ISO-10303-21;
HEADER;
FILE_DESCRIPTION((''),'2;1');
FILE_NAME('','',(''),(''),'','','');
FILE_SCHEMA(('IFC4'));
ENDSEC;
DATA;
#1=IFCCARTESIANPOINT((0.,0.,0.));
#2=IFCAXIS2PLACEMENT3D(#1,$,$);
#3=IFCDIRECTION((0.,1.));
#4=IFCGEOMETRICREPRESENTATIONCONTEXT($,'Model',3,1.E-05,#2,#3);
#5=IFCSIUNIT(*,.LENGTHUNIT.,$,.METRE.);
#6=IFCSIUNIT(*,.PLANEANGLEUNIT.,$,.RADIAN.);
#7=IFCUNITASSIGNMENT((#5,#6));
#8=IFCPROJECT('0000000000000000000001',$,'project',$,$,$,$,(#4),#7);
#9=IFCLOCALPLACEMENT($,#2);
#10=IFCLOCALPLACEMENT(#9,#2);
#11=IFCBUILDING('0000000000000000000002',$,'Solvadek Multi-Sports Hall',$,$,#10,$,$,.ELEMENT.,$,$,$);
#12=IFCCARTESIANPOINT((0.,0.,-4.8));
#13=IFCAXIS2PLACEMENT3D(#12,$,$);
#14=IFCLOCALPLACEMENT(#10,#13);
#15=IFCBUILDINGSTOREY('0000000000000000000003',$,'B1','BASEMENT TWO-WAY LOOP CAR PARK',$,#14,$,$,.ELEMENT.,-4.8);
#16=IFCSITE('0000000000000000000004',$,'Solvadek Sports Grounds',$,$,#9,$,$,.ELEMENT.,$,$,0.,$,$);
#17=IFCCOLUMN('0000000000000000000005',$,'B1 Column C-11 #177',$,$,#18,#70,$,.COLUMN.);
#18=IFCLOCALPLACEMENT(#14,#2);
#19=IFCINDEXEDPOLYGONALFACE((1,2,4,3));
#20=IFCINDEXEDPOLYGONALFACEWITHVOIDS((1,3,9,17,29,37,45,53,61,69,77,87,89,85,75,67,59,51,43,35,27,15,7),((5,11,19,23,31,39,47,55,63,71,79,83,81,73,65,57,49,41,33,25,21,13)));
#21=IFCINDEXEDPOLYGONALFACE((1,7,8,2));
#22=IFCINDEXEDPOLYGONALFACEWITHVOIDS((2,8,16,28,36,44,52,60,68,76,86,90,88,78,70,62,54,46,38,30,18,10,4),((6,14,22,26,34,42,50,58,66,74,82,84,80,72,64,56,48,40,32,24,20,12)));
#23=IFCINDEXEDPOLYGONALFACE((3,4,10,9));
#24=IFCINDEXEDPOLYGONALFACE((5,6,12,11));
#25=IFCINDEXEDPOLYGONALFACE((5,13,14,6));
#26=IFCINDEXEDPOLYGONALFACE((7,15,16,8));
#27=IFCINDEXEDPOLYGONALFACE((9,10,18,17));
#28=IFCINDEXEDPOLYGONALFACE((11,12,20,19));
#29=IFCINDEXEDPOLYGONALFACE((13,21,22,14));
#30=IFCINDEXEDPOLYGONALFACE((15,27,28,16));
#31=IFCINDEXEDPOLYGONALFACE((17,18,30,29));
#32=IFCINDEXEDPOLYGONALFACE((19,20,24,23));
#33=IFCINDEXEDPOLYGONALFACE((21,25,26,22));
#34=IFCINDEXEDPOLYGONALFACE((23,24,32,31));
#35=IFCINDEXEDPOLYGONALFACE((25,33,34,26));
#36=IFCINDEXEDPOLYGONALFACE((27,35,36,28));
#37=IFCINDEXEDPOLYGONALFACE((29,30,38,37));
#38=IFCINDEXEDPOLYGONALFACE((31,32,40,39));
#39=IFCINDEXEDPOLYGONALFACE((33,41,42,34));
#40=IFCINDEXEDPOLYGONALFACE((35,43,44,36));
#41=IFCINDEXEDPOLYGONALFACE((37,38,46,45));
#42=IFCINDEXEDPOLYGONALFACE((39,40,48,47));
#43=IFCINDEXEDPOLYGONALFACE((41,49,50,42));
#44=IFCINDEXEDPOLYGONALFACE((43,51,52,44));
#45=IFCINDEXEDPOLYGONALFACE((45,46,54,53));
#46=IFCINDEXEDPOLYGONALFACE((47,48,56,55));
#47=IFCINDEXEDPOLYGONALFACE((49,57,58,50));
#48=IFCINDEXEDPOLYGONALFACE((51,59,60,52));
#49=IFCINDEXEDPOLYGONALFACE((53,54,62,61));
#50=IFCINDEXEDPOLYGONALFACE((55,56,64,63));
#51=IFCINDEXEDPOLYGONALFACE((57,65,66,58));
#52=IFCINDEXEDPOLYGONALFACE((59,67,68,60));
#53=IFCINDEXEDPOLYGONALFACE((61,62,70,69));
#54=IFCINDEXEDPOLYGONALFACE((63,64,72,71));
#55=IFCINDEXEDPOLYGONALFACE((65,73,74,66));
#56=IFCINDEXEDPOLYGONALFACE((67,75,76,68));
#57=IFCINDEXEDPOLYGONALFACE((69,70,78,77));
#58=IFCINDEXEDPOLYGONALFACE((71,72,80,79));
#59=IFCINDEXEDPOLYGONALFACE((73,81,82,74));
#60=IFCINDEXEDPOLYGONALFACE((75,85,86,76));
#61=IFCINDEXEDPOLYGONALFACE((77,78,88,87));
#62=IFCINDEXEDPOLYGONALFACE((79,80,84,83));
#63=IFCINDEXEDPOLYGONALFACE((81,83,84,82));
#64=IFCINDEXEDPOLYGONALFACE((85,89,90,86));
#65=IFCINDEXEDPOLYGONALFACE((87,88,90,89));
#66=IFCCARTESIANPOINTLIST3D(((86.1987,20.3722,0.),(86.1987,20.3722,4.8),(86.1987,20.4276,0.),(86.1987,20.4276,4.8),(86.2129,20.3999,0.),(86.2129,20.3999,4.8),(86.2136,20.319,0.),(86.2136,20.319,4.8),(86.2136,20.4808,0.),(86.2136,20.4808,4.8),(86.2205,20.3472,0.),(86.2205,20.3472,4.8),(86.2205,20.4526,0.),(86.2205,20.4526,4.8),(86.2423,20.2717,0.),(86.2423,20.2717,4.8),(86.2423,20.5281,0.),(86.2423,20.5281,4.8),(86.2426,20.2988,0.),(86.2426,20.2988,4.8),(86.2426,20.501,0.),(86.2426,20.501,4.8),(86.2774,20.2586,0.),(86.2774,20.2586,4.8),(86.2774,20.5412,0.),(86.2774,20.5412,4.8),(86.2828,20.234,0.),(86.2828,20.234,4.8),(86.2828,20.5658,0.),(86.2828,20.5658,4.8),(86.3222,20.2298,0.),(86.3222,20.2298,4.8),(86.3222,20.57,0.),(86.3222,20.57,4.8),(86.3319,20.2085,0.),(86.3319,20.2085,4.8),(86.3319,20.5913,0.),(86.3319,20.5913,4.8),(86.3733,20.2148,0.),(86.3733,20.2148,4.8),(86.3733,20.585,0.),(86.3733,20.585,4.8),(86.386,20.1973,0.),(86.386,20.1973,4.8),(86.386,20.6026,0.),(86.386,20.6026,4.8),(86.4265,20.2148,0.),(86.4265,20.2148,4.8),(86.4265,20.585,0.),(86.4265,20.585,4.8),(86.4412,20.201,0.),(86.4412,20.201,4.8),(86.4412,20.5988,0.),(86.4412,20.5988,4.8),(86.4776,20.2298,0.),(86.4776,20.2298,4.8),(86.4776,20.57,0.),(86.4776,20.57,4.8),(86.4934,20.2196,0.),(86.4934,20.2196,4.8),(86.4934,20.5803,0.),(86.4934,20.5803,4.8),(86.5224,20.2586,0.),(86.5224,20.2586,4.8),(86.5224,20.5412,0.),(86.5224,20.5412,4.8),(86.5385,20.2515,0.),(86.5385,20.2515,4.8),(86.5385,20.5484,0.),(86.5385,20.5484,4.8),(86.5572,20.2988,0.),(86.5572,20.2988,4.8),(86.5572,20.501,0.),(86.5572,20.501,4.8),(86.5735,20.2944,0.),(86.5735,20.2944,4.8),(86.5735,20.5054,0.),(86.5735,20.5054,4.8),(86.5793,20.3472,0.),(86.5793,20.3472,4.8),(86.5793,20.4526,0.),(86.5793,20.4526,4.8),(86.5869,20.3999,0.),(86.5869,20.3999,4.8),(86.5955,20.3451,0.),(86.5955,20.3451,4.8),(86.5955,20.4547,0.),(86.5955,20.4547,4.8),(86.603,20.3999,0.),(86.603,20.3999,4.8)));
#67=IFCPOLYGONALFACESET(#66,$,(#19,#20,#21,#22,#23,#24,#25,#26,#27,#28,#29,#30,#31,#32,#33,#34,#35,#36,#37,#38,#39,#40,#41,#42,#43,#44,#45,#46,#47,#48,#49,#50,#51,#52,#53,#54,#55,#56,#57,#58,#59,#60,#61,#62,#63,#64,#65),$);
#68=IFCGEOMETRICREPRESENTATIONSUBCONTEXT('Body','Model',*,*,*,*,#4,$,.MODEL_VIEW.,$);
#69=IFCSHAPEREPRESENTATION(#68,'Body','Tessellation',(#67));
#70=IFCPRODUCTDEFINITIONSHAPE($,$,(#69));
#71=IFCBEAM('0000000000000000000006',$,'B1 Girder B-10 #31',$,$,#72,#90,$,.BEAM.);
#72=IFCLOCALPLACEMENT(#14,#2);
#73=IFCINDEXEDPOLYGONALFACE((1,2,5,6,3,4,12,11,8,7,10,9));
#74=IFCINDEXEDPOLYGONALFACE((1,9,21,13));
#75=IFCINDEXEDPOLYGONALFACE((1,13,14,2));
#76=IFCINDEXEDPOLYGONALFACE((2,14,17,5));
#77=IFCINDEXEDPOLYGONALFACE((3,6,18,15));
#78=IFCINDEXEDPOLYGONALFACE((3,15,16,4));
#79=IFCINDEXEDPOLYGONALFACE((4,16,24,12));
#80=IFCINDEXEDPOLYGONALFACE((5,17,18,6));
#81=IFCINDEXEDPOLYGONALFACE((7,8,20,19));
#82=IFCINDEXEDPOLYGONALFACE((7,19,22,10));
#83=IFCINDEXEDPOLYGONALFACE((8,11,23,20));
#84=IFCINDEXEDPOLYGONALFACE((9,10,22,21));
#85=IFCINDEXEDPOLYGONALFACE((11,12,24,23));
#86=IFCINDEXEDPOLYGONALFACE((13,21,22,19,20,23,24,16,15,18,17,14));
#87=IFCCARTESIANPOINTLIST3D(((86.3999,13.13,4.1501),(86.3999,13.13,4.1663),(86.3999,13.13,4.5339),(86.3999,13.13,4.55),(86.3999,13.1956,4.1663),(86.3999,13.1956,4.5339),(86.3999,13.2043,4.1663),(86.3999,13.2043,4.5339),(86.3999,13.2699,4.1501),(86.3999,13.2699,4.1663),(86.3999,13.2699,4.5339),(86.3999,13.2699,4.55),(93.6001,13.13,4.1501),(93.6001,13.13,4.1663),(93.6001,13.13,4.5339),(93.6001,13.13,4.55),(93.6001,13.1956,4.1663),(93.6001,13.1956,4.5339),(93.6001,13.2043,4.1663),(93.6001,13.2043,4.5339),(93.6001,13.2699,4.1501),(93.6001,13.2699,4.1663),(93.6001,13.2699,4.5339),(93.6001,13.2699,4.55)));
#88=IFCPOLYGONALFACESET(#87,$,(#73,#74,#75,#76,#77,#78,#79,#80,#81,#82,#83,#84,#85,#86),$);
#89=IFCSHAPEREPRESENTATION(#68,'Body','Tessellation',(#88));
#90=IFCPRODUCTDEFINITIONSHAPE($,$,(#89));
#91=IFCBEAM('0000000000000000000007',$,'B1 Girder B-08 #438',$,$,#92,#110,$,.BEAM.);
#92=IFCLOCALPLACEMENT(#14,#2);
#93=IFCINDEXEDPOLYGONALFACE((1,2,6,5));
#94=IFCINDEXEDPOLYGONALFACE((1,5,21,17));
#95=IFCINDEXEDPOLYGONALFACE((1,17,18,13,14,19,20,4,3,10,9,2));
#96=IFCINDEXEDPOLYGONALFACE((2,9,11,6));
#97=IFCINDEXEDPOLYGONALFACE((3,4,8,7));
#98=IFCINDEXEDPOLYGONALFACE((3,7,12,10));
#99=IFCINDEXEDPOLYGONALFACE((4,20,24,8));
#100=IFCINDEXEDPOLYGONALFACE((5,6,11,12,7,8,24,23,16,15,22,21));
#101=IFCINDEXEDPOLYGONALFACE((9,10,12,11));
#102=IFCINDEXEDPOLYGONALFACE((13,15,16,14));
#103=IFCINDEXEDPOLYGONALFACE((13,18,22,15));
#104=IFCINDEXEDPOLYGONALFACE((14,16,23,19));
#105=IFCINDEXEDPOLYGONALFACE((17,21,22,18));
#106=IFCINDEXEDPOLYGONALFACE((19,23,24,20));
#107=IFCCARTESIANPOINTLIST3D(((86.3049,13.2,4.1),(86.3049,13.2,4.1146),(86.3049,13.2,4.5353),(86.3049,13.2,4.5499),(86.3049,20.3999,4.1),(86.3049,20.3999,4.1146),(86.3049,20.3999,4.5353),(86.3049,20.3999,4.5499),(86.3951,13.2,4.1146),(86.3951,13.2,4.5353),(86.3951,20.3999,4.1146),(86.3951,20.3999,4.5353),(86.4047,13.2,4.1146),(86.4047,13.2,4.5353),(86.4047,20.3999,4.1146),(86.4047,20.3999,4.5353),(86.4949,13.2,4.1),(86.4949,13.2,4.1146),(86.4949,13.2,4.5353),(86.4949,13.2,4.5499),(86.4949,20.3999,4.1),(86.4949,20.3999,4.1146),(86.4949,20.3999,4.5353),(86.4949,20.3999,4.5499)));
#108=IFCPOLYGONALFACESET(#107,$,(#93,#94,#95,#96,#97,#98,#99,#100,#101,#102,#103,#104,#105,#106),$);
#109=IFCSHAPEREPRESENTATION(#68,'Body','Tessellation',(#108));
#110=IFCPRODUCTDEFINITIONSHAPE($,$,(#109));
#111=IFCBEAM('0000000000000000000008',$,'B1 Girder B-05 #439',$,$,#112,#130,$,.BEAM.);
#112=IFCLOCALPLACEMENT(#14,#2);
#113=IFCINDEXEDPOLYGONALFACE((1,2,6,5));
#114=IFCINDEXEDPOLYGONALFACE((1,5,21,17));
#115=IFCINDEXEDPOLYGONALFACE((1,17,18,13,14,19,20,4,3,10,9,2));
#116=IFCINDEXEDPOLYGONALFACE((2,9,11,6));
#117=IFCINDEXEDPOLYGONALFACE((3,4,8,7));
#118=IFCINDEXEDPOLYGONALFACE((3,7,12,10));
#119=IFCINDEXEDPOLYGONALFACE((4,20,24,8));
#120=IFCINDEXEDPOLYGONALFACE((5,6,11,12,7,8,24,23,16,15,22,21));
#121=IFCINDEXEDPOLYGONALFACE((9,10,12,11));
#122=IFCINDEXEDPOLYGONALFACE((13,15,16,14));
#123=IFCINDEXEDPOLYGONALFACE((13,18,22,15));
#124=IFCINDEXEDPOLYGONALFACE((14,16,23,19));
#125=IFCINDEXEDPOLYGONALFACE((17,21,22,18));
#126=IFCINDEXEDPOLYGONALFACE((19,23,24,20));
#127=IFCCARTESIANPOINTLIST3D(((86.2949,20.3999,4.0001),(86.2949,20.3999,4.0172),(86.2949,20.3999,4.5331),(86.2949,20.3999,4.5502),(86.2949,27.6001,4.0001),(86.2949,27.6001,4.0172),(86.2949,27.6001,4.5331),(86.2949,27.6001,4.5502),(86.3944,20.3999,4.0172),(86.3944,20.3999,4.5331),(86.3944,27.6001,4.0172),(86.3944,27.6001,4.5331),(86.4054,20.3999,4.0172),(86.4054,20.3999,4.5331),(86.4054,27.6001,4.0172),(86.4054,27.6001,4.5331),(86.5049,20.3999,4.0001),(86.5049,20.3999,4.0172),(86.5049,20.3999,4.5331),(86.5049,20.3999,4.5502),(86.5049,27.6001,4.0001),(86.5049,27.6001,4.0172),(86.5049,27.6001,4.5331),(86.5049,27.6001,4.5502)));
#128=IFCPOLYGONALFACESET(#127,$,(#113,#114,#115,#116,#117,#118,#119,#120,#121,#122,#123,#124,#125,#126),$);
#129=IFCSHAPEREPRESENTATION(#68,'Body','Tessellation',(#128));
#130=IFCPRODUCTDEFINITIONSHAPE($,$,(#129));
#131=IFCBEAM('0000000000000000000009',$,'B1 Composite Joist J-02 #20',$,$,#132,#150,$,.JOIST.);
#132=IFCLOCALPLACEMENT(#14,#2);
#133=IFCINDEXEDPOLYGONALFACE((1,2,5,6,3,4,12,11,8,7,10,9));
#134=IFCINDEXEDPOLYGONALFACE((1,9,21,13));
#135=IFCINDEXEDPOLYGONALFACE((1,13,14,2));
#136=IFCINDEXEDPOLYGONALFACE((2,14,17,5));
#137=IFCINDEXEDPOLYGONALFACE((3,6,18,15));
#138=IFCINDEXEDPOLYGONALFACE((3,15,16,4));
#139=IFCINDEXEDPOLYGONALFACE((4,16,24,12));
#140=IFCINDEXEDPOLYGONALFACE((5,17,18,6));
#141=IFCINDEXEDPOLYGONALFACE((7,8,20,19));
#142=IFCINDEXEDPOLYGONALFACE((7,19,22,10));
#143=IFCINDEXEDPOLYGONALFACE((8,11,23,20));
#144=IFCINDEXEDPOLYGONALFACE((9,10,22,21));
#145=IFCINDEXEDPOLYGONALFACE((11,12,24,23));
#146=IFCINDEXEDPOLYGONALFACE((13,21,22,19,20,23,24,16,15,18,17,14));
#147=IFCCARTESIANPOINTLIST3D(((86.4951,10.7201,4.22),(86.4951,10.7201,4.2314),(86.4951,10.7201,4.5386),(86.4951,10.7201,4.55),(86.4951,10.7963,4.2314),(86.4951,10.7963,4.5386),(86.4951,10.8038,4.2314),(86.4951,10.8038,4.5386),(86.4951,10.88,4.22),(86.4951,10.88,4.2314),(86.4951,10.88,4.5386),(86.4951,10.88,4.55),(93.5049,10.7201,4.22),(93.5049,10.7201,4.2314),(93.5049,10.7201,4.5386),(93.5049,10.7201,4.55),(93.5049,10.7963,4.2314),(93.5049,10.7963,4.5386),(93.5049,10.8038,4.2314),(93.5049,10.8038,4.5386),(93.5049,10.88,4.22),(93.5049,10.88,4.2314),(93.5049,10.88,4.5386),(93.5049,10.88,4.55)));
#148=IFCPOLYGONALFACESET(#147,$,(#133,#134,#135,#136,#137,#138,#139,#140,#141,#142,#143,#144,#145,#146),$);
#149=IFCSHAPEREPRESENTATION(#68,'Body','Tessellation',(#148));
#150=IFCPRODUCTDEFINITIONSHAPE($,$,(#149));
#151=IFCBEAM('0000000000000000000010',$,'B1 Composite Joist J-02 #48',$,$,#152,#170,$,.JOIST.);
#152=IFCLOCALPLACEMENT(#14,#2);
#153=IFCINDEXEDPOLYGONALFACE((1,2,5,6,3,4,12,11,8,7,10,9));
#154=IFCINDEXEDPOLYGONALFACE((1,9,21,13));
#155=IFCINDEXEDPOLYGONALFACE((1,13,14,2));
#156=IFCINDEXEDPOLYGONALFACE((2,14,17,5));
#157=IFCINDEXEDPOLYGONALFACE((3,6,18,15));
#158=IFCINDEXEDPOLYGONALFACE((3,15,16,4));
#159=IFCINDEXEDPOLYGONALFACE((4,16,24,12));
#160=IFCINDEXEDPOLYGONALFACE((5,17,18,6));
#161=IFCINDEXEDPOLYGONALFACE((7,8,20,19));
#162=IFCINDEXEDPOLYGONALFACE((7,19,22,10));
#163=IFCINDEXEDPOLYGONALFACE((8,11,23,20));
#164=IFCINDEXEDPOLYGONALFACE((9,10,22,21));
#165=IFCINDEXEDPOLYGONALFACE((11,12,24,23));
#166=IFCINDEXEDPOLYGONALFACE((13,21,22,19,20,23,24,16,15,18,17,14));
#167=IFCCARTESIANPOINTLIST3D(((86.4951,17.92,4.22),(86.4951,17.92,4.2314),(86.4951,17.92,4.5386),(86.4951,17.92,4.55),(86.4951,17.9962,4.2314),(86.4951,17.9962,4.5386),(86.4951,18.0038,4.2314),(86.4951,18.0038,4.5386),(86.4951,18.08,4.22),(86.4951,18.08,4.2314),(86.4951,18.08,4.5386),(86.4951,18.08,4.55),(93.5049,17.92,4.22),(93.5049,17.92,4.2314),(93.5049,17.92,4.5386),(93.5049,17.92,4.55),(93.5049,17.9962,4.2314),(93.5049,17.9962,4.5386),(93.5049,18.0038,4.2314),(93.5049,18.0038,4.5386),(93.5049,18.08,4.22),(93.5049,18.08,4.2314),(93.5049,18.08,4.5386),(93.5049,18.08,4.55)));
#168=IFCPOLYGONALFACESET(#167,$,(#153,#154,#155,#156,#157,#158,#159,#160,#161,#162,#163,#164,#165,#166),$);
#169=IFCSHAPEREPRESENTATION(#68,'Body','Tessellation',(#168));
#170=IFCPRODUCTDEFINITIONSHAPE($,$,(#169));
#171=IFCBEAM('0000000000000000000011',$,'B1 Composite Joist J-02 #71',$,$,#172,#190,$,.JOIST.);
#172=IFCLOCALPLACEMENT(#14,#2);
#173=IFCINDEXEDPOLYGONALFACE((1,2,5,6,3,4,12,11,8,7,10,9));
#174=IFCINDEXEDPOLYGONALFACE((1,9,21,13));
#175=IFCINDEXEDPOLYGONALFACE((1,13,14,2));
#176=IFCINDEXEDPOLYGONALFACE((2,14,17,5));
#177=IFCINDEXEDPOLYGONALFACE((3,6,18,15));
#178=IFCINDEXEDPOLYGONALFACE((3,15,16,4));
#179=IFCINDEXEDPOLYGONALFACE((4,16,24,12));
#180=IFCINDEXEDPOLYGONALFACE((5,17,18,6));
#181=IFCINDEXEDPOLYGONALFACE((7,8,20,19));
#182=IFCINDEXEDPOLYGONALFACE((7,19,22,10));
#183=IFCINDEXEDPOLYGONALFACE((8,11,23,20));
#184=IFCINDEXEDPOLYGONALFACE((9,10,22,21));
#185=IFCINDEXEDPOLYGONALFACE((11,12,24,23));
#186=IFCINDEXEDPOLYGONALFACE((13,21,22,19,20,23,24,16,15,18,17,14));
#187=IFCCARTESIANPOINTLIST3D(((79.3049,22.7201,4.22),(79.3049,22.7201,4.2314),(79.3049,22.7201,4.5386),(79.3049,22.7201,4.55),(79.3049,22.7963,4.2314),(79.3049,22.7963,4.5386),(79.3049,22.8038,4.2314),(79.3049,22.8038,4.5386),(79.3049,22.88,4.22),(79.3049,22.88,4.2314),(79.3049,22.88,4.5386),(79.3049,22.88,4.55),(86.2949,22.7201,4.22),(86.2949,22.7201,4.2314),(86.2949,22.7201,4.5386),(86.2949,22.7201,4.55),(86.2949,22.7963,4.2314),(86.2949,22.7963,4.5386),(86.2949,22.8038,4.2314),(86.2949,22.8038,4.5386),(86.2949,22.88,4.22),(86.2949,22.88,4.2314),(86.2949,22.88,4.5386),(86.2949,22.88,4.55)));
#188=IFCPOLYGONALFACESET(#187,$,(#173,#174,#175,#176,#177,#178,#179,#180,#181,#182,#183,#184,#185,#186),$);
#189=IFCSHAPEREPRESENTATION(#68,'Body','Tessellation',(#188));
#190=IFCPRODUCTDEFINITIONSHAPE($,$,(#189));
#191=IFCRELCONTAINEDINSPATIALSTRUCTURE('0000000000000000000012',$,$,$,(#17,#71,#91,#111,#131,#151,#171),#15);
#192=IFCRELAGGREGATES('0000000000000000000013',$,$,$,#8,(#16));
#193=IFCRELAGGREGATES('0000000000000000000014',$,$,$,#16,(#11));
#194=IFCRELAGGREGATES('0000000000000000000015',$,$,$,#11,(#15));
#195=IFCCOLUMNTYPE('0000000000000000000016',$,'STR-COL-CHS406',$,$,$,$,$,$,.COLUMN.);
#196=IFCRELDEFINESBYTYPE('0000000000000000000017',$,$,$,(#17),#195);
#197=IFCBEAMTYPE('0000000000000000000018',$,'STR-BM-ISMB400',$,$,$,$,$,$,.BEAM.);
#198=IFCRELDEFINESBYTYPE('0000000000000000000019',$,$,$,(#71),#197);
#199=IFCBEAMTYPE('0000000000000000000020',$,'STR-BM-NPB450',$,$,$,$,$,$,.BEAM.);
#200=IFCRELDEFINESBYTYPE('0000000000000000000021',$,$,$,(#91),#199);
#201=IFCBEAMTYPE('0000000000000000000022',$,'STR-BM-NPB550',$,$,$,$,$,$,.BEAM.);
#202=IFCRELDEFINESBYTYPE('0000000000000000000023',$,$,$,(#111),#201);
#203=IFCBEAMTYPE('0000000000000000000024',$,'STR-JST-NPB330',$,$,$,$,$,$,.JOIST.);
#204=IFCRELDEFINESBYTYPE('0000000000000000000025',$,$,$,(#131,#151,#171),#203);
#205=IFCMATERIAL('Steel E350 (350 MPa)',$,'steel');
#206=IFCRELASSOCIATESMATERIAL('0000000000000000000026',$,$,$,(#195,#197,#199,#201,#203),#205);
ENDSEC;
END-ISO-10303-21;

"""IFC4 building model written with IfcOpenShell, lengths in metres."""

from ifc_helpers import new_model, si_unit, direction, frame, origin, origin_2d, place, context, subcontext, project, spatial, hollow_circle, i_section, extrude, material, material_profile, profile_set, type_object, element, save


model = new_model("IFC4")

# Units and contexts
model_context = context("Model", 3, precision=1e-05, world=origin(), true_north=direction((0.0, 1.0)))
body_context = subcontext(model_context, "Body", "Model", "MODEL_VIEW")
ifc_project = project(units=[si_unit("LENGTHUNIT", "METRE"), si_unit("PLANEANGLEUNIT", "RADIAN")], contexts=[model_context])

# Site, building, storey
site_placement = place(None, origin())
site = spatial("IfcSite", under=ifc_project, at=site_placement, Name="Solvadek Sports Grounds", CompositionType="ELEMENT", RefElevation=0.0)
building_placement = place(site_placement, origin())
building = spatial("IfcBuilding", under=site, at=building_placement, Name="Solvadek Multi-Sports Hall", CompositionType="ELEMENT")
storey_placement = place(building_placement, frame((0.0, 0.0, -4.8)))
storey = spatial("IfcBuildingStorey", under=building, at=storey_placement, Name="B1", Description="BASEMENT TWO-WAY LOOP CAR PARK", CompositionType="ELEMENT", Elevation=-4.8)

# Column
ifc_material_1 = material(Name="Steel E350 (350 MPa)", Category="steel")
ifc_material_profile_1 = material_profile(ifc_material_1, hollow_circle(Radius=0.2031, WallThickness=0.0161, at=origin_2d()), Name="CHS 406.4x16")
ifc_profile_set_1 = profile_set([ifc_material_profile_1], Name="Steel E350 (350 MPa)")
column_type = type_object("IfcColumnType", Name="STR-COL-CHS406", PredefinedType="COLUMN", material=ifc_profile_set_1)
for number, where, z_axis, x_axis, name in (
    (1, (86.3999, 20.3999, 0.0), (0.0, 0.0, 1.0), (1.0, 0.0, 0.0), "B1 Column C-11 #177"),
):
    element("IfcColumn", number, at=place(storey_placement, frame(where, z_axis=z_axis, x_axis=x_axis)), inside=storey, type_object=column_type, Name=name, PredefinedType="COLUMN", context=body_context, shape_type="SweptSolid", body=[
        extrude(hollow_circle(Radius=0.2031, WallThickness=0.0161, at=origin_2d()), origin(), (0.0, 0.0, 1.0), 4.8),
    ])

# Beams
ifc_material_profile_2 = material_profile(ifc_material_1, i_section(OverallWidth=0.1399, OverallDepth=0.3999, WebThickness=0.0088, FlangeThickness=0.0161, at=origin_2d()), Name="ISMB 400")
ifc_profile_set_2 = profile_set([ifc_material_profile_2], Name="Steel E350 (350 MPa)")
beam_type_1 = type_object("IfcBeamType", Name="STR-BM-ISMB400", PredefinedType="BEAM", material=ifc_profile_set_2)
beam_1_placement = place(storey_placement, frame((86.3999, 13.2, 4.3501), z_axis=(1.0, 0.0, 0.0), x_axis=(0.0, 1.0, 0.0)))
element("IfcBeam", 2, at=beam_1_placement, inside=storey, type_object=beam_type_1, Name="B1 Girder B-10 #31", PredefinedType="BEAM", context=body_context, shape_type="SweptSolid", body=[
    extrude(i_section(OverallWidth=0.1399, OverallDepth=0.3999, WebThickness=0.0088, FlangeThickness=0.0161, at=origin_2d()), origin(), (0.0, 0.0, 1.0), 7.2002),
])
ifc_material_profile_3 = material_profile(ifc_material_1, i_section(OverallWidth=0.1899, OverallDepth=0.45, WebThickness=0.0095, FlangeThickness=0.0146, at=origin_2d()), Name="NPB 450")
ifc_profile_set_3 = profile_set([ifc_material_profile_3], Name="Steel E350 (350 MPa)")
beam_type_2 = type_object("IfcBeamType", Name="STR-BM-NPB450", PredefinedType="BEAM", material=ifc_profile_set_3)
beam_2_placement = place(storey_placement, frame((86.3999, 13.2, 4.325), z_axis=(0.0, 1.0, 0.0), x_axis=(-1.0, 0.0, 0.0)))
element("IfcBeam", 3, at=beam_2_placement, inside=storey, type_object=beam_type_2, Name="B1 Girder B-08 #438", PredefinedType="BEAM", context=body_context, shape_type="SweptSolid", body=[
    extrude(i_section(OverallWidth=0.1899, OverallDepth=0.45, WebThickness=0.0095, FlangeThickness=0.0146, at=origin_2d()), origin(), (0.0, 0.0, 1.0), 7.2),
])
ifc_material_profile_4 = material_profile(ifc_material_1, i_section(OverallWidth=0.21, OverallDepth=0.55, WebThickness=0.011, FlangeThickness=0.0171, at=origin_2d()), Name="NPB 550")
ifc_profile_set_4 = profile_set([ifc_material_profile_4], Name="Steel E350 (350 MPa)")
beam_type_3 = type_object("IfcBeamType", Name="STR-BM-NPB550", PredefinedType="BEAM", material=ifc_profile_set_4)
beam_3_placement = place(storey_placement, frame((86.3999, 20.3999, 4.2751), z_axis=(0.0, 1.0, 0.0), x_axis=(-1.0, 0.0, 0.0)))
element("IfcBeam", 4, at=beam_3_placement, inside=storey, type_object=beam_type_3, Name="B1 Girder B-05 #439", PredefinedType="BEAM", context=body_context, shape_type="SweptSolid", body=[
    extrude(i_section(OverallWidth=0.21, OverallDepth=0.55, WebThickness=0.011, FlangeThickness=0.0171, at=origin_2d()), origin(), (0.0, 0.0, 1.0), 7.2002),
])
ifc_material_profile_5 = material_profile(ifc_material_1, i_section(OverallWidth=0.1599, OverallDepth=0.3301, WebThickness=0.0076, FlangeThickness=0.0115, at=origin_2d()), Name="NPB 330")
ifc_profile_set_5 = profile_set([ifc_material_profile_5], Name="Steel E350 (350 MPa)")
beam_type_4 = type_object("IfcBeamType", Name="STR-JST-NPB330", PredefinedType="JOIST", material=ifc_profile_set_5)
for number, where, z_axis, x_axis, name in (
    (5, (86.4951, 10.8, 4.385), (1.0, 0.0, 0.0), (0.0, 1.0, 0.0), "B1 Composite Joist J-02 #20"),
    (6, (86.4951, 18.0, 4.385), (1.0, 0.0, 0.0), (0.0, 1.0, 0.0), "B1 Composite Joist J-02 #48"),
):
    element("IfcBeam", number, at=place(storey_placement, frame(where, z_axis=z_axis, x_axis=x_axis)), inside=storey, type_object=beam_type_4, Name=name, PredefinedType="JOIST", context=body_context, shape_type="SweptSolid", body=[
        extrude(i_section(OverallWidth=0.1599, OverallDepth=0.3301, WebThickness=0.0076, FlangeThickness=0.0115, at=origin_2d()), origin(), (0.0, 0.0, 1.0), 7.0098),
    ])
beam_4_placement = place(storey_placement, frame((79.3049, 22.8, 4.385), z_axis=(1.0, 0.0, 0.0), x_axis=(0.0, 1.0, 0.0)))
element("IfcBeam", 7, at=beam_4_placement, inside=storey, type_object=beam_type_4, Name="B1 Composite Joist J-02 #71", PredefinedType="JOIST", context=body_context, shape_type="SweptSolid", body=[
    extrude(i_section(OverallWidth=0.1599, OverallDepth=0.3301, WebThickness=0.0076, FlangeThickness=0.0115, at=origin_2d()), origin(), (0.0, 0.0, 1.0), 6.99),
])

save(model, "model.ifc")
